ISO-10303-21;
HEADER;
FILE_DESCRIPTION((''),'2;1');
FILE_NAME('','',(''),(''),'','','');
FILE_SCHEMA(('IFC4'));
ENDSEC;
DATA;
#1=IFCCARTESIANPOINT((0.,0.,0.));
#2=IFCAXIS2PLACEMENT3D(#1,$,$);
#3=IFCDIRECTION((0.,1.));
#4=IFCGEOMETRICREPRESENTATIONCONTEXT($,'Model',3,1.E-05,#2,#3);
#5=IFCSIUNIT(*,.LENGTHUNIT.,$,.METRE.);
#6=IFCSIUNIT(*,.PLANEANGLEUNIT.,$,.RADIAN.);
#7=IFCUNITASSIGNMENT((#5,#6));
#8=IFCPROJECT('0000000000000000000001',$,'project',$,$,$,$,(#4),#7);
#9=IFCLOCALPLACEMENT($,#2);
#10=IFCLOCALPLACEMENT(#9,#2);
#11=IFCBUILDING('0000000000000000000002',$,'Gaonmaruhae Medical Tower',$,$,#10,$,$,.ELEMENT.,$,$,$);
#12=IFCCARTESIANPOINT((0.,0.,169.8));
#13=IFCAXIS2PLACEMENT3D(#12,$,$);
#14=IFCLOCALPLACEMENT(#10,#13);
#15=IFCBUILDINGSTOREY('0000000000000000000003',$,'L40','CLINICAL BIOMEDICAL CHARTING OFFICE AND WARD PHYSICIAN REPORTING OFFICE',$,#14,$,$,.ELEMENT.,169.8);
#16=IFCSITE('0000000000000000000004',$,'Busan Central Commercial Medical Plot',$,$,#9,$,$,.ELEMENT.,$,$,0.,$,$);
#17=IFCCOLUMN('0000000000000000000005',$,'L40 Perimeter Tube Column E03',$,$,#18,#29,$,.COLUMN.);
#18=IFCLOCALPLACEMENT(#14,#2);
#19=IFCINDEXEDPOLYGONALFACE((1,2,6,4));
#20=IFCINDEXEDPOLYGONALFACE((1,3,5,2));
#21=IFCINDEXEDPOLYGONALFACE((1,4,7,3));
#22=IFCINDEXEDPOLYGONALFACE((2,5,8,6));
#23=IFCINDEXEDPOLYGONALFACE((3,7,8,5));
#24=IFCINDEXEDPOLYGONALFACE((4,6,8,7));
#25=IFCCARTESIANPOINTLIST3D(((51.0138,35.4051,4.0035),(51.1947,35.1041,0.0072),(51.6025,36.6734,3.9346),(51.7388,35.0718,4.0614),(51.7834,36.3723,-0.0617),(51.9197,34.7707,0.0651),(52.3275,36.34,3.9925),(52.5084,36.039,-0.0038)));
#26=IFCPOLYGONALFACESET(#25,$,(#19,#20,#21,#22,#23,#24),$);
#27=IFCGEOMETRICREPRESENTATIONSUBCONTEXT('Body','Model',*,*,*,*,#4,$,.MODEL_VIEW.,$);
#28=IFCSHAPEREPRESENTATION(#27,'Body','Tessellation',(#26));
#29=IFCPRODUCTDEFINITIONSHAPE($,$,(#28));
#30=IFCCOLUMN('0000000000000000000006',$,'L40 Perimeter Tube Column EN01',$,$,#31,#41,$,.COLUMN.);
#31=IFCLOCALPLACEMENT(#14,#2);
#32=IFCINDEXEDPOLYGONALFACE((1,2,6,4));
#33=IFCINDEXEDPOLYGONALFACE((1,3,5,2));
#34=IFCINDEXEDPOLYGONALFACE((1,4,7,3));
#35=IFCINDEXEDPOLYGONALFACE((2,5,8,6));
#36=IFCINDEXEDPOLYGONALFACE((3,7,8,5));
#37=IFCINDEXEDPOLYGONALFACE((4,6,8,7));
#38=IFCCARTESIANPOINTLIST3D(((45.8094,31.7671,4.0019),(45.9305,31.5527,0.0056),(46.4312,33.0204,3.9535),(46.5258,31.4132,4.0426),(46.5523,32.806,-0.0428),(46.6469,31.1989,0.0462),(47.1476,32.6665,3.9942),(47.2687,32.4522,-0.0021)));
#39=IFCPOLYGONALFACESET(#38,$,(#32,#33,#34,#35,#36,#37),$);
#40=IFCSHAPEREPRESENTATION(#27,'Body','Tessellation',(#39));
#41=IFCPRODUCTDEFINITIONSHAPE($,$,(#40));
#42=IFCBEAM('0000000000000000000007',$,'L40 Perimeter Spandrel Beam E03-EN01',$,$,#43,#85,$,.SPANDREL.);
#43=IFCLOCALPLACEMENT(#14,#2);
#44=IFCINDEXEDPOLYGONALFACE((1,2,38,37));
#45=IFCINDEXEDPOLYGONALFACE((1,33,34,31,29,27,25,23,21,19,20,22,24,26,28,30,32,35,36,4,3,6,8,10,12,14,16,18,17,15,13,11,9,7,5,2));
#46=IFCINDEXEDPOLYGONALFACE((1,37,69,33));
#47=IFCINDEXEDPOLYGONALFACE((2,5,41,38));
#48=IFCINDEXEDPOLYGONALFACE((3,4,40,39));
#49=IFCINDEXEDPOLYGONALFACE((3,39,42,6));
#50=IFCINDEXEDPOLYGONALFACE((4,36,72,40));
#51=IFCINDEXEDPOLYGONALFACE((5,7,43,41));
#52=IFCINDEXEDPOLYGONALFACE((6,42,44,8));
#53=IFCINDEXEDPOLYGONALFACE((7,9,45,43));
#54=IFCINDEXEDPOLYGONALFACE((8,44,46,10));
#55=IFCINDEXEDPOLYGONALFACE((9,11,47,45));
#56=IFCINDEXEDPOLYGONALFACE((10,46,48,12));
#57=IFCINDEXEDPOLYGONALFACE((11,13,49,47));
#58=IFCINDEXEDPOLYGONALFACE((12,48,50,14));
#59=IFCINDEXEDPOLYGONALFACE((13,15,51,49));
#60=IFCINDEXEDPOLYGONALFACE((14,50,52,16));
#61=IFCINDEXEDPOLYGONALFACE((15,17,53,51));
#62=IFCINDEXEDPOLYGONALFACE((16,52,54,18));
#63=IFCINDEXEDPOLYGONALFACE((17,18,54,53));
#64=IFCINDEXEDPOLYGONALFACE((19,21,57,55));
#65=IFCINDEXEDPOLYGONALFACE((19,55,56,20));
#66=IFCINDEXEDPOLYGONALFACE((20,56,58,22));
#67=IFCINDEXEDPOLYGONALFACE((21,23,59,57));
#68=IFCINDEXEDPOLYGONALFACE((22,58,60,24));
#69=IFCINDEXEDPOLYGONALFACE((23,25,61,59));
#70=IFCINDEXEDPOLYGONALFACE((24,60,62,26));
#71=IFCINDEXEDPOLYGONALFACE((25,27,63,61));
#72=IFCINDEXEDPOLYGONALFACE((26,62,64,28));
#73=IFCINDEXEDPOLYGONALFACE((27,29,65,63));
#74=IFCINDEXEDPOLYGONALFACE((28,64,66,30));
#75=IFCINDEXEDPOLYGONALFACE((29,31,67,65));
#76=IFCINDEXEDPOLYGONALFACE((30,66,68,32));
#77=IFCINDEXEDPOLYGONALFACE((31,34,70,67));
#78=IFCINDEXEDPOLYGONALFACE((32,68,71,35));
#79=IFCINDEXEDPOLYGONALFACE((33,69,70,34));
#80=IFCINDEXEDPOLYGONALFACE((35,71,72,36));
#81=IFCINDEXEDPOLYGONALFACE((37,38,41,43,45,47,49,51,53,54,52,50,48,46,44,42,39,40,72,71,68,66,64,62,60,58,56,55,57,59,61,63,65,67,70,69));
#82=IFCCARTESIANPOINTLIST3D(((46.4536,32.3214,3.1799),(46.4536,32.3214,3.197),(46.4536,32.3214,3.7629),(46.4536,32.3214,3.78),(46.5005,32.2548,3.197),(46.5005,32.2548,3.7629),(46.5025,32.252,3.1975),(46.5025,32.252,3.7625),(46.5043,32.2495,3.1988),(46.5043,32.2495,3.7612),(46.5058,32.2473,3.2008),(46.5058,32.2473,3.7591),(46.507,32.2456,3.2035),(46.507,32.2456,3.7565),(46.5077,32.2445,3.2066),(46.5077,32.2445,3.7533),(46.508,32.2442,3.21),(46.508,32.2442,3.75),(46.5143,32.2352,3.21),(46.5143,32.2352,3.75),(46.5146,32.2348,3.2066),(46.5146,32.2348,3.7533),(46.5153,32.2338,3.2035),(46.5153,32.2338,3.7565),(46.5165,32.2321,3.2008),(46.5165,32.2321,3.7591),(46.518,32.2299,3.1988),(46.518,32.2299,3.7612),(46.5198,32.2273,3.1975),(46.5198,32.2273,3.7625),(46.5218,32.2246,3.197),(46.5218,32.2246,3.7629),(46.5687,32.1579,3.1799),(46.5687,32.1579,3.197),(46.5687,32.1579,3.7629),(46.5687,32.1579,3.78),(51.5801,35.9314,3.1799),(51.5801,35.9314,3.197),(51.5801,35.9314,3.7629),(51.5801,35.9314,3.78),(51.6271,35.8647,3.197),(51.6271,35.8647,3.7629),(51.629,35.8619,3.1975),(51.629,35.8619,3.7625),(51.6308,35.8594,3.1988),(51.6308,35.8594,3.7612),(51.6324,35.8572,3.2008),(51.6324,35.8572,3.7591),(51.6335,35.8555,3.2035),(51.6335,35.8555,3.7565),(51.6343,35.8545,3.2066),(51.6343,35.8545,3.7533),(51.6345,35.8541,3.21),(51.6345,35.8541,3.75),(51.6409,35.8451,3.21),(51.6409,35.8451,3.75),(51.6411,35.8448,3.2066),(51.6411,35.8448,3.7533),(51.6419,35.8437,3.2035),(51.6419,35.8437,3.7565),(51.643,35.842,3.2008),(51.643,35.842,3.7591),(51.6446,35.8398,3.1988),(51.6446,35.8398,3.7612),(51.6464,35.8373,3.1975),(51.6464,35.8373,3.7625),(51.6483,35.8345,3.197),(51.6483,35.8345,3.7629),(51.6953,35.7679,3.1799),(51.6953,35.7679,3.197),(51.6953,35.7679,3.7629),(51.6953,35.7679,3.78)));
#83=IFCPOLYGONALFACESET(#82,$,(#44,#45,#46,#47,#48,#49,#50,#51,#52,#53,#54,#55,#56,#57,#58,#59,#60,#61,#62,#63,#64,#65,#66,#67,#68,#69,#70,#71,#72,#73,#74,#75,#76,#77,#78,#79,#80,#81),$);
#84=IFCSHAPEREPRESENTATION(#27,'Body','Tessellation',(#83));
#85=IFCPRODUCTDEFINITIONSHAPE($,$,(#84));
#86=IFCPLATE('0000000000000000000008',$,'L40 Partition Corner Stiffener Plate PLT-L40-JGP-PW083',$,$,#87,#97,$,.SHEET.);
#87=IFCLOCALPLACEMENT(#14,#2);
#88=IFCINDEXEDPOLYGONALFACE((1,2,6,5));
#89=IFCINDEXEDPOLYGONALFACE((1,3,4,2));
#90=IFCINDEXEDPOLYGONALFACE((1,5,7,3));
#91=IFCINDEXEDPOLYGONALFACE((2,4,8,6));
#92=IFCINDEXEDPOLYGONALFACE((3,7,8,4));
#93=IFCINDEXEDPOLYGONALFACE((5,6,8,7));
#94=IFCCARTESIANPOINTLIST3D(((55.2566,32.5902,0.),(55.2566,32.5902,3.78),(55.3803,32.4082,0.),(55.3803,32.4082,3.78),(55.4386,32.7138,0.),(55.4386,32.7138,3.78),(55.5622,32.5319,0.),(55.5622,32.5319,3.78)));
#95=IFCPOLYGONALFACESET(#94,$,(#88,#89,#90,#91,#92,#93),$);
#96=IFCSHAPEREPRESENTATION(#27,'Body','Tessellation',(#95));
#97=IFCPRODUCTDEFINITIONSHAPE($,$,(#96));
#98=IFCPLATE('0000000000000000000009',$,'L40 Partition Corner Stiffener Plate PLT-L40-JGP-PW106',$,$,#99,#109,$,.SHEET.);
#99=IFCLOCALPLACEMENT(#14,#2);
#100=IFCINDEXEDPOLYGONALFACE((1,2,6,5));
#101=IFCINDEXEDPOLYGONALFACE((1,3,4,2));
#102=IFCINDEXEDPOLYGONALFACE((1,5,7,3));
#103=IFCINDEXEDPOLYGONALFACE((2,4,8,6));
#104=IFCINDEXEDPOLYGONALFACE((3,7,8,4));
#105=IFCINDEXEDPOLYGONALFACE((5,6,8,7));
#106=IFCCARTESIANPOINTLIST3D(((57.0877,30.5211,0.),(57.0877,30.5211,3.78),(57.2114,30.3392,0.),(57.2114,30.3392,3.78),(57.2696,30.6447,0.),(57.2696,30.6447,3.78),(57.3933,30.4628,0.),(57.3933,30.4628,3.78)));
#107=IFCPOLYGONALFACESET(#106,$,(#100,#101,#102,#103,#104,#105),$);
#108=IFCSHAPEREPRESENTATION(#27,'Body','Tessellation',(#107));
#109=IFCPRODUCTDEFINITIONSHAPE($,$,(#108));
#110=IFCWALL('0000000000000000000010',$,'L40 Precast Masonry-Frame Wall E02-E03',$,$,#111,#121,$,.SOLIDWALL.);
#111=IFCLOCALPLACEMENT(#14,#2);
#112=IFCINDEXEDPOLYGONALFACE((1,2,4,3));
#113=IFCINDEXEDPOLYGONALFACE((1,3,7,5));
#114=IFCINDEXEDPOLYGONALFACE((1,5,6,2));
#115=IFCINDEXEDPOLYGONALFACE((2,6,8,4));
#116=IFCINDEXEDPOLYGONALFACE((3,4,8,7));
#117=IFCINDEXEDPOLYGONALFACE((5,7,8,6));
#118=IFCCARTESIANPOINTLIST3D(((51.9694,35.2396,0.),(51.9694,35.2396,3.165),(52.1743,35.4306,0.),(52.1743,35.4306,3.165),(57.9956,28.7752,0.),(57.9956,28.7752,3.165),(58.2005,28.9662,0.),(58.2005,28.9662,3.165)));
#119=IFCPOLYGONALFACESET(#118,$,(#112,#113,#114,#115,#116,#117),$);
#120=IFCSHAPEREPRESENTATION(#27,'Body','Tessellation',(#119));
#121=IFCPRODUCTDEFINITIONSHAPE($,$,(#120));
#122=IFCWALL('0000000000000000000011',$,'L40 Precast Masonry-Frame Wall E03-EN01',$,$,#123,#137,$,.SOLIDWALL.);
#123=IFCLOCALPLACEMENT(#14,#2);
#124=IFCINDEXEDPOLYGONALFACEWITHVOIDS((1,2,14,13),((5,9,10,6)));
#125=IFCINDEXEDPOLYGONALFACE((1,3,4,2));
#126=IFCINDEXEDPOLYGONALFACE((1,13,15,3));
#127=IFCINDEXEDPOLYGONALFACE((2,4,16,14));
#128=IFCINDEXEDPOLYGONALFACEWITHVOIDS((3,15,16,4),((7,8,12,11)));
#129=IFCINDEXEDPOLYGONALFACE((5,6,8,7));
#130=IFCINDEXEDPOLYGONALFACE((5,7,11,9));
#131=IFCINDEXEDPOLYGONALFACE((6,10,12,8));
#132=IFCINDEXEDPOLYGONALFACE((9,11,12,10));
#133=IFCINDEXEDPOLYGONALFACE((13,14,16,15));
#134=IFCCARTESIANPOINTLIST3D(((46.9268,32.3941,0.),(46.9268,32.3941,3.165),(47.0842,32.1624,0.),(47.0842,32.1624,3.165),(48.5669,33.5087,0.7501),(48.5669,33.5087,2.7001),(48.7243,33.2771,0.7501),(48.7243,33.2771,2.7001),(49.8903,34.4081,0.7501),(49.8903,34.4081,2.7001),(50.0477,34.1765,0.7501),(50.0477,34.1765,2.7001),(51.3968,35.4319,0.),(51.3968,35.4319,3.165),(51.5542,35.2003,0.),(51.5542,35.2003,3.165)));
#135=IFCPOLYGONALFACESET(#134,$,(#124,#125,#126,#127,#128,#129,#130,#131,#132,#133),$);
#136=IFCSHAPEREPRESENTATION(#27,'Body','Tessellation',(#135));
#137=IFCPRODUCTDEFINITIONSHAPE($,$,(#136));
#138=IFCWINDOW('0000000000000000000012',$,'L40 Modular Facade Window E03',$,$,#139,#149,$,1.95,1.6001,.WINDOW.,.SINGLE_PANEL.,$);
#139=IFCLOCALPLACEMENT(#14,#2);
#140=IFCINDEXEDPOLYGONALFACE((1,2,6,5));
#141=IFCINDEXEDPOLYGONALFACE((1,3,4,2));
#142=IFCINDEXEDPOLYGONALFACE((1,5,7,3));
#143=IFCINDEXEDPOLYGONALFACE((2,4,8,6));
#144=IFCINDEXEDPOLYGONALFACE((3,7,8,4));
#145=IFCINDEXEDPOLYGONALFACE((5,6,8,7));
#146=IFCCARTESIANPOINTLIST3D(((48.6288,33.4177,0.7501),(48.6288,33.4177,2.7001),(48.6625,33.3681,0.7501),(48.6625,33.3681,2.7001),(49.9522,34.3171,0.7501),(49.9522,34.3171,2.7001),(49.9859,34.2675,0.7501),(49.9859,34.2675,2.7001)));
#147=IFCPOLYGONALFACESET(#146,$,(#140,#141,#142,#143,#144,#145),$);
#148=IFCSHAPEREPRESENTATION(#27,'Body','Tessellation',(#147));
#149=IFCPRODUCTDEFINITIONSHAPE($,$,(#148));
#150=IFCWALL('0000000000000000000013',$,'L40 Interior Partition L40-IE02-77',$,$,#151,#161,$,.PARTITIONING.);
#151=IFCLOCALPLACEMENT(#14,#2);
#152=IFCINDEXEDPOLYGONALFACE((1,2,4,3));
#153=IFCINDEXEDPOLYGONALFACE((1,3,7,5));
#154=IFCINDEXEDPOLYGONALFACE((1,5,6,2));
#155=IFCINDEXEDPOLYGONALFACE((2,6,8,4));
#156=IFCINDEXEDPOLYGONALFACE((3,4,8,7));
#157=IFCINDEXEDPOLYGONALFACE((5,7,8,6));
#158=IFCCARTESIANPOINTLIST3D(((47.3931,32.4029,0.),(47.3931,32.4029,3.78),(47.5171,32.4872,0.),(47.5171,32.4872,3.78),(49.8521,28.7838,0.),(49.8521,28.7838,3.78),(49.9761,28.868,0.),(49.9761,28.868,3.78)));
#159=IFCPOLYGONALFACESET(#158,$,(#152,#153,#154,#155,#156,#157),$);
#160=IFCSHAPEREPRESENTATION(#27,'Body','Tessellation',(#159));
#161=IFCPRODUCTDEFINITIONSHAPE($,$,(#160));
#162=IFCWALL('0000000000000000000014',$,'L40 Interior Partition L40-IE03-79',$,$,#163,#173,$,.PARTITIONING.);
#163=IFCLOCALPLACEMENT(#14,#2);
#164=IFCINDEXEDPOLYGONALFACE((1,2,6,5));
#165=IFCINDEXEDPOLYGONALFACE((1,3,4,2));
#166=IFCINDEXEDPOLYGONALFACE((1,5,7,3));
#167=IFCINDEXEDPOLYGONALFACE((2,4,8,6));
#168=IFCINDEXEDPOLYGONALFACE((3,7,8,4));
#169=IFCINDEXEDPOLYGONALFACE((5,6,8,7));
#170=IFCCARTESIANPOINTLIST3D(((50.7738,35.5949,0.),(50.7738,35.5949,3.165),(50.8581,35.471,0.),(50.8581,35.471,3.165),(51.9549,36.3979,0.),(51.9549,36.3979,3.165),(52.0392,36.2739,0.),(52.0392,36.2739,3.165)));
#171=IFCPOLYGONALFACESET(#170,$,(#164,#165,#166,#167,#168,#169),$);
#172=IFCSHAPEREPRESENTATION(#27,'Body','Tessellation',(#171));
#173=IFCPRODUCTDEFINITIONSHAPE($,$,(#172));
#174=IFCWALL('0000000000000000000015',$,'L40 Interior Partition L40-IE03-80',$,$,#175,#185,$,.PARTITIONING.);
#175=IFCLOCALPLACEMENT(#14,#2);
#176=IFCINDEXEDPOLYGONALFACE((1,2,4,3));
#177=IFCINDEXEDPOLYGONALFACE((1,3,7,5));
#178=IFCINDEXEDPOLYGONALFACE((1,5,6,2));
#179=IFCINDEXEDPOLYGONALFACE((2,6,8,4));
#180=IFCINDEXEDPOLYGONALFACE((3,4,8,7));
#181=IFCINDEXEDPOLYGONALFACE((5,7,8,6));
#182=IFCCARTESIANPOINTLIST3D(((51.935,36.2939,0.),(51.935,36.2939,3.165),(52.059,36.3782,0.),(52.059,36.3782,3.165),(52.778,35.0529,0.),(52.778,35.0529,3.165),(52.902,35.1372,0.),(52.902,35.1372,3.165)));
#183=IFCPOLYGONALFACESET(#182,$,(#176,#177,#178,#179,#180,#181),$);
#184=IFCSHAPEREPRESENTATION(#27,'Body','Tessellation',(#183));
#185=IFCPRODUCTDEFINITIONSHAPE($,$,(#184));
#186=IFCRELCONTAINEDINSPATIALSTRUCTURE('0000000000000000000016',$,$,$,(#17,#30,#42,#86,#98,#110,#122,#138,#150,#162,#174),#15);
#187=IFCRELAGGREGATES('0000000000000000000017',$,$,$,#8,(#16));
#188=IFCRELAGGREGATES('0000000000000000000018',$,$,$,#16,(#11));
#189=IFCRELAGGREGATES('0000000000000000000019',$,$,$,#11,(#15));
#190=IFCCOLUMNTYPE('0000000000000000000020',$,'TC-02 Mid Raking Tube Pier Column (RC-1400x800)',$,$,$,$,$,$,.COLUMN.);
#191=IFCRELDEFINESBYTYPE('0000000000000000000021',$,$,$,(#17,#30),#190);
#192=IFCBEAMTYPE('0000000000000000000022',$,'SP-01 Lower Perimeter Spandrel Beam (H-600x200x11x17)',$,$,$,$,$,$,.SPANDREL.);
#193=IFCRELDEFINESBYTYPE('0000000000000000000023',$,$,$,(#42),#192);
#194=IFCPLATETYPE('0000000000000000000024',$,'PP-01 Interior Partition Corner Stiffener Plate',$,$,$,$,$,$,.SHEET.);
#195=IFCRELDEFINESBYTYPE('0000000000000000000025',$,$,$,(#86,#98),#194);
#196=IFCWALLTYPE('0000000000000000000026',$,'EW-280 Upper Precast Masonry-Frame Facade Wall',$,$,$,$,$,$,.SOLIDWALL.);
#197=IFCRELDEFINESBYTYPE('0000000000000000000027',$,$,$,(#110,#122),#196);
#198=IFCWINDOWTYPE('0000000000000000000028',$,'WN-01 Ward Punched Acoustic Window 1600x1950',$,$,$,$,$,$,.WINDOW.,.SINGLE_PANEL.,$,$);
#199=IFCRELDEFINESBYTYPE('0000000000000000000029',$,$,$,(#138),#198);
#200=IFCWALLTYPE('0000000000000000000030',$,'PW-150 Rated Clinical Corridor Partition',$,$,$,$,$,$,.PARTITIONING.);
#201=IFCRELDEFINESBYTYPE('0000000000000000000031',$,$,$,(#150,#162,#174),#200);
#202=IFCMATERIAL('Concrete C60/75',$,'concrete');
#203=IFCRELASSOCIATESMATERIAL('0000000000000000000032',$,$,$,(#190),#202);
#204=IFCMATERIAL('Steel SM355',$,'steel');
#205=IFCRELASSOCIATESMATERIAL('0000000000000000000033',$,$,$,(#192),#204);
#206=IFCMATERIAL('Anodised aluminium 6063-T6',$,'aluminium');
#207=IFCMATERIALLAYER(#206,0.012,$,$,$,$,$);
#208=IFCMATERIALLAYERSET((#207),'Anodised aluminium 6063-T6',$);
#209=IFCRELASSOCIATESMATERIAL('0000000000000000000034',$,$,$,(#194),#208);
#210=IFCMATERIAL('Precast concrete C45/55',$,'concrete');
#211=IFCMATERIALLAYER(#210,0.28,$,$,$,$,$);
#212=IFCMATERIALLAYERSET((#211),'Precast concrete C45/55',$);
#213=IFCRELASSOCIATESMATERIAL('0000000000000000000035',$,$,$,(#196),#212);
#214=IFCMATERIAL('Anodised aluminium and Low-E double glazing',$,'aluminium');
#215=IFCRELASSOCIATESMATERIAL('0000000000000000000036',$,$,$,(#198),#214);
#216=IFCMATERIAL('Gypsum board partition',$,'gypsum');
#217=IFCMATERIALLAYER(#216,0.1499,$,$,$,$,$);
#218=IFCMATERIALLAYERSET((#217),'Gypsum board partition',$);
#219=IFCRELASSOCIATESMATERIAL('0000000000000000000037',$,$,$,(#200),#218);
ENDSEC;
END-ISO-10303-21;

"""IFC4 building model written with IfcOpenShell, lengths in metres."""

from ifc_helpers import new_model, si_unit, direction, frame, frame_2d, origin, origin_2d, place, context, subcontext, project, spatial, rectangle, i_section, extrude, material, layer, layer_set, material_profile, profile_set, type_object, element, fill, save


model = new_model("IFC4")

# Units and contexts
model_context = context("Model", 3, precision=1e-05, world=origin(), true_north=direction((0.0, 1.0)))
body_context = subcontext(model_context, "Body", "Model", "MODEL_VIEW")
ifc_project = project(units=[si_unit("LENGTHUNIT", "METRE"), si_unit("PLANEANGLEUNIT", "RADIAN")], contexts=[model_context])

# Site, building, storey
site_placement = place(None, origin())
site = spatial("IfcSite", under=ifc_project, at=site_placement, Name="Busan Central Commercial Medical Plot", CompositionType="ELEMENT", RefElevation=0.0)
building_placement = place(site_placement, origin())
building = spatial("IfcBuilding", under=site, at=building_placement, Name="Gaonmaruhae Medical Tower", CompositionType="ELEMENT")
storey_placement = place(building_placement, frame((0.0, 0.0, 169.8)))
storey = spatial("IfcBuildingStorey", under=building, at=storey_placement, Name="L40", Description="CLINICAL BIOMEDICAL CHARTING OFFICE AND WARD PHYSICIAN REPORTING OFFICE", CompositionType="ELEMENT", Elevation=169.8)

# Columns
ifc_material_1 = material(Name="Concrete C60/75", Category="concrete")
ifc_material_profile_1 = material_profile(ifc_material_1, rectangle(XDim=1.3999, YDim=0.8, at=origin_2d()), Name="RC-1400x800")
ifc_profile_set_1 = profile_set([ifc_material_profile_1], Name="Concrete C60/75")
column_type = type_object("IfcColumnType", Name="TC-02 Mid Raking Tube Pier Column (RC-1400x800)", PredefinedType="COLUMN", material=ifc_profile_set_1)
column_1_placement = place(storey_placement, frame((51.8516, 35.5715, 0.0017), z_axis=(-0.045095, 0.075036, 0.996161), x_axis=(-0.420489, -0.905962, 0.049207)))
element("IfcColumn", 1, at=column_1_placement, inside=storey, type_object=column_type, Name="L40 Perimeter Tube Column E03", PredefinedType="COLUMN", context=body_context, shape_type="SweptSolid", body=[
    extrude(rectangle(XDim=1.3999, YDim=0.8, at=origin_2d()), origin(), (0.0, 0.0, 1.0), 4.0117),
])
column_2_placement = place(storey_placement, frame((46.5996, 32.0024, 0.0017), z_axis=(-0.030244, 0.053536, 0.998108), x_axis=(-0.444173, -0.895274, 0.034562)))
element("IfcColumn", 2, at=column_2_placement, inside=storey, type_object=column_type, Name="L40 Perimeter Tube Column EN01", PredefinedType="COLUMN", context=body_context, shape_type="SweptSolid", body=[
    extrude(rectangle(XDim=1.3999, YDim=0.8, at=origin_2d()), origin(), (0.0, 0.0, 1.0), 4.0039),
])

# Beam
ifc_material_2 = material(Name="Steel SM355", Category="steel")
ifc_material_profile_2 = material_profile(ifc_material_2, i_section(OverallWidth=0.2, OverallDepth=0.6001, WebThickness=0.011, FlangeThickness=0.0171, FilletRadius=0.0129, at=origin_2d()), Name="H-600x200x11x17")
ifc_profile_set_2 = profile_set([ifc_material_profile_2], Name="Steel SM355")
beam_type = type_object("IfcBeamType", Name="SP-01 Lower Perimeter Spandrel Beam (H-600x200x11x17)", PredefinedType="SPANDREL", material=ifc_profile_set_2)
beam_placement = place(storey_placement, frame((51.6377, 35.8496, 3.48), z_axis=(-0.81763, -0.575744, 0.0), x_axis=(0.575744, -0.81763, 0.0)))
element("IfcBeam", 3, at=beam_placement, inside=storey, type_object=beam_type, Name="L40 Perimeter Spandrel Beam E03-EN01", PredefinedType="SPANDREL", context=body_context, shape_type="SweptSolid", body=[
    extrude(i_section(OverallWidth=0.2, OverallDepth=0.6001, WebThickness=0.011, FlangeThickness=0.0171, FilletRadius=0.0129, at=origin_2d()), origin(), (0.0, 0.0, 1.0), 6.27),
])

# Plates
ifc_material_3 = material(Name="Anodised aluminium 6063-T6", Category="aluminium")
ifc_layer_1 = layer(ifc_material_3, 0.012)
ifc_layer_set_1 = layer_set([ifc_layer_1], Name="Anodised aluminium 6063-T6")
plate_type = type_object("IfcPlateType", Name="PP-01 Interior Partition Corner Stiffener Plate", PredefinedType="SHEET", material=ifc_layer_set_1)
for number, where, z_axis, x_axis, name in (
    (4, (55.4094, 32.561, 0.0), (0.0, 0.0, 1.0), (-0.82712, -0.562026, 0.0), "L40 Partition Corner Stiffener Plate PLT-L40-JGP-PW083"),
    (5, (57.2405, 30.4919, 0.0), (0.0, 0.0, 1.0), (0.827002, 0.562199, 0.0), "L40 Partition Corner Stiffener Plate PLT-L40-JGP-PW106"),
):
    element("IfcPlate", number, at=place(storey_placement, frame(where, z_axis=z_axis, x_axis=x_axis)), inside=storey, type_object=plate_type, Name=name, PredefinedType="SHEET", context=body_context, shape_type="SweptSolid", body=[
        extrude(rectangle(XDim=0.22, YDim=0.22, at=origin_2d()), origin(), (0.0, 0.0, 1.0), 3.78),
    ])

# Wall
ifc_material_4 = material(Name="Precast concrete C45/55", Category="concrete")
ifc_layer_2 = layer(ifc_material_4, 0.28)
ifc_layer_set_2 = layer_set([ifc_layer_2], Name="Precast concrete C45/55")
wall_type_1 = type_object("IfcWallType", Name="EW-280 Upper Precast Masonry-Frame Facade Wall", PredefinedType="SOLIDWALL", material=ifc_layer_set_2)
wall_1_placement = place(storey_placement, frame((52.0718, 35.3352, 0.0), z_axis=(0.0, 0.0, 1.0), x_axis=(0.681878, -0.731466, 0.0)))
element("IfcWall", 6, at=wall_1_placement, inside=storey, type_object=wall_type_1, Name="L40 Precast Masonry-Frame Wall E02-E03", PredefinedType="SOLIDWALL", context=body_context, shape_type="SweptSolid", body=[
    extrude(rectangle(XDim=8.8376, YDim=0.28, at=frame_2d((4.4189, 0.0))), origin(), (0.0, 0.0, 1.0), 3.165),
])

# Wall, opening, window
wall_2_placement = place(storey_placement, frame((47.0056, 32.2783, 0.0), z_axis=(0.0, 0.0, 1.0), x_axis=(0.827076, 0.56209, 0.0)))
wall_2 = element("IfcWall", 7, at=wall_2_placement, inside=storey, type_object=wall_type_1, Name="L40 Precast Masonry-Frame Wall E03-EN01", PredefinedType="SOLIDWALL", context=body_context, shape_type="SweptSolid", body=[
    extrude(rectangle(XDim=5.4045, YDim=0.28, at=frame_2d((2.7021, 0.0))), origin(), (0.0, 0.0, 1.0), 3.165),
])
opening_1_placement = place(wall_2_placement, frame((1.9829, 0.0, 0.75)))
opening_1 = element("IfcOpeningElement", 8, at=opening_1_placement, cuts=wall_2, PredefinedType="OPENING", context=body_context, shape_type="SweptSolid", body=[
    extrude(rectangle(XDim=1.6001, YDim=1.95, at=frame_2d((0.8, 0.9751))), frame((0.0, 0.1499, 0.0), z_axis=(0.0, -1.0, 0.0), x_axis=(1.0, 0.0, 0.0)), (0.0, 0.0, 1.0), 0.3),
])
ifc_material_5 = material(Name="Anodised aluminium and Low-E double glazing", Category="aluminium")
window_type = type_object("IfcWindowType", Name="WN-01 Ward Punched Acoustic Window 1600x1950", PartitioningType="SINGLE_PANEL", PredefinedType="WINDOW", material=ifc_material_5)
window_placement = place(opening_1_placement, origin())
window = element("IfcWindow", 9, at=window_placement, inside=storey, type_object=window_type, Name="L40 Modular Facade Window E03", OverallHeight=1.95, OverallWidth=1.6001, PartitioningType="SINGLE_PANEL", PredefinedType="WINDOW", context=body_context, shape_type="SweptSolid", body=[
    extrude(rectangle(XDim=1.6001, YDim=1.95, at=frame_2d((0.8, 0.9751))), frame((0.0, 0.03, 0.0), z_axis=(0.0, -1.0, 0.0), x_axis=(1.0, 0.0, 0.0)), (0.0, 0.0, 1.0), 0.0601),
])
fill(opening_1, window)

# Walls
ifc_material_6 = material(Name="Gypsum board partition", Category="gypsum")
ifc_layer_3 = layer(ifc_material_6, 0.1499)
ifc_layer_set_3 = layer_set([ifc_layer_3], Name="Gypsum board partition")
wall_type_2 = type_object("IfcWallType", Name="PW-150 Rated Clinical Corridor Partition", PredefinedType="PARTITIONING", material=ifc_layer_set_3)
wall_3_placement = place(storey_placement, frame((47.4551, 32.4451, 0.0), z_axis=(0.0, 0.0, 1.0), x_axis=(0.561993, -0.827142, 0.0)))
element("IfcWall", 10, at=wall_3_placement, inside=storey, type_object=wall_type_2, Name="L40 Interior Partition L40-IE02-77", PredefinedType="PARTITIONING", context=body_context, shape_type="SweptSolid", body=[
    extrude(rectangle(XDim=4.3755, YDim=0.1499, at=frame_2d((2.1877, 0.0))), origin(), (0.0, 0.0, 1.0), 3.78),
])
wall_4_placement = place(storey_placement, frame((50.8159, 35.533, 0.0), z_axis=(0.0, 0.0, 1.0), x_axis=(0.826993, 0.562212, 0.0)))
element("IfcWall", 11, at=wall_4_placement, inside=storey, type_object=wall_type_2, Name="L40 Interior Partition L40-IE03-79", PredefinedType="PARTITIONING", context=body_context, shape_type="SweptSolid", body=[
    extrude(rectangle(XDim=1.4282, YDim=0.1499, at=frame_2d((0.7141, 0.0))), origin(), (0.0, 0.0, 1.0), 3.165),
])
wall_5_placement = place(storey_placement, frame((51.9971, 36.3359, 0.0), z_axis=(0.0, 0.0, 1.0), x_axis=(0.561927, -0.827187, 0.0)))
element("IfcWall", 12, at=wall_5_placement, inside=storey, type_object=wall_type_2, Name="L40 Interior Partition L40-IE03-80", PredefinedType="PARTITIONING", context=body_context, shape_type="SweptSolid", body=[
    extrude(rectangle(XDim=1.5002, YDim=0.1499, at=frame_2d((0.75, 0.0))), origin(), (0.0, 0.0, 1.0), 3.165),
])

save(model, "model.ifc")
